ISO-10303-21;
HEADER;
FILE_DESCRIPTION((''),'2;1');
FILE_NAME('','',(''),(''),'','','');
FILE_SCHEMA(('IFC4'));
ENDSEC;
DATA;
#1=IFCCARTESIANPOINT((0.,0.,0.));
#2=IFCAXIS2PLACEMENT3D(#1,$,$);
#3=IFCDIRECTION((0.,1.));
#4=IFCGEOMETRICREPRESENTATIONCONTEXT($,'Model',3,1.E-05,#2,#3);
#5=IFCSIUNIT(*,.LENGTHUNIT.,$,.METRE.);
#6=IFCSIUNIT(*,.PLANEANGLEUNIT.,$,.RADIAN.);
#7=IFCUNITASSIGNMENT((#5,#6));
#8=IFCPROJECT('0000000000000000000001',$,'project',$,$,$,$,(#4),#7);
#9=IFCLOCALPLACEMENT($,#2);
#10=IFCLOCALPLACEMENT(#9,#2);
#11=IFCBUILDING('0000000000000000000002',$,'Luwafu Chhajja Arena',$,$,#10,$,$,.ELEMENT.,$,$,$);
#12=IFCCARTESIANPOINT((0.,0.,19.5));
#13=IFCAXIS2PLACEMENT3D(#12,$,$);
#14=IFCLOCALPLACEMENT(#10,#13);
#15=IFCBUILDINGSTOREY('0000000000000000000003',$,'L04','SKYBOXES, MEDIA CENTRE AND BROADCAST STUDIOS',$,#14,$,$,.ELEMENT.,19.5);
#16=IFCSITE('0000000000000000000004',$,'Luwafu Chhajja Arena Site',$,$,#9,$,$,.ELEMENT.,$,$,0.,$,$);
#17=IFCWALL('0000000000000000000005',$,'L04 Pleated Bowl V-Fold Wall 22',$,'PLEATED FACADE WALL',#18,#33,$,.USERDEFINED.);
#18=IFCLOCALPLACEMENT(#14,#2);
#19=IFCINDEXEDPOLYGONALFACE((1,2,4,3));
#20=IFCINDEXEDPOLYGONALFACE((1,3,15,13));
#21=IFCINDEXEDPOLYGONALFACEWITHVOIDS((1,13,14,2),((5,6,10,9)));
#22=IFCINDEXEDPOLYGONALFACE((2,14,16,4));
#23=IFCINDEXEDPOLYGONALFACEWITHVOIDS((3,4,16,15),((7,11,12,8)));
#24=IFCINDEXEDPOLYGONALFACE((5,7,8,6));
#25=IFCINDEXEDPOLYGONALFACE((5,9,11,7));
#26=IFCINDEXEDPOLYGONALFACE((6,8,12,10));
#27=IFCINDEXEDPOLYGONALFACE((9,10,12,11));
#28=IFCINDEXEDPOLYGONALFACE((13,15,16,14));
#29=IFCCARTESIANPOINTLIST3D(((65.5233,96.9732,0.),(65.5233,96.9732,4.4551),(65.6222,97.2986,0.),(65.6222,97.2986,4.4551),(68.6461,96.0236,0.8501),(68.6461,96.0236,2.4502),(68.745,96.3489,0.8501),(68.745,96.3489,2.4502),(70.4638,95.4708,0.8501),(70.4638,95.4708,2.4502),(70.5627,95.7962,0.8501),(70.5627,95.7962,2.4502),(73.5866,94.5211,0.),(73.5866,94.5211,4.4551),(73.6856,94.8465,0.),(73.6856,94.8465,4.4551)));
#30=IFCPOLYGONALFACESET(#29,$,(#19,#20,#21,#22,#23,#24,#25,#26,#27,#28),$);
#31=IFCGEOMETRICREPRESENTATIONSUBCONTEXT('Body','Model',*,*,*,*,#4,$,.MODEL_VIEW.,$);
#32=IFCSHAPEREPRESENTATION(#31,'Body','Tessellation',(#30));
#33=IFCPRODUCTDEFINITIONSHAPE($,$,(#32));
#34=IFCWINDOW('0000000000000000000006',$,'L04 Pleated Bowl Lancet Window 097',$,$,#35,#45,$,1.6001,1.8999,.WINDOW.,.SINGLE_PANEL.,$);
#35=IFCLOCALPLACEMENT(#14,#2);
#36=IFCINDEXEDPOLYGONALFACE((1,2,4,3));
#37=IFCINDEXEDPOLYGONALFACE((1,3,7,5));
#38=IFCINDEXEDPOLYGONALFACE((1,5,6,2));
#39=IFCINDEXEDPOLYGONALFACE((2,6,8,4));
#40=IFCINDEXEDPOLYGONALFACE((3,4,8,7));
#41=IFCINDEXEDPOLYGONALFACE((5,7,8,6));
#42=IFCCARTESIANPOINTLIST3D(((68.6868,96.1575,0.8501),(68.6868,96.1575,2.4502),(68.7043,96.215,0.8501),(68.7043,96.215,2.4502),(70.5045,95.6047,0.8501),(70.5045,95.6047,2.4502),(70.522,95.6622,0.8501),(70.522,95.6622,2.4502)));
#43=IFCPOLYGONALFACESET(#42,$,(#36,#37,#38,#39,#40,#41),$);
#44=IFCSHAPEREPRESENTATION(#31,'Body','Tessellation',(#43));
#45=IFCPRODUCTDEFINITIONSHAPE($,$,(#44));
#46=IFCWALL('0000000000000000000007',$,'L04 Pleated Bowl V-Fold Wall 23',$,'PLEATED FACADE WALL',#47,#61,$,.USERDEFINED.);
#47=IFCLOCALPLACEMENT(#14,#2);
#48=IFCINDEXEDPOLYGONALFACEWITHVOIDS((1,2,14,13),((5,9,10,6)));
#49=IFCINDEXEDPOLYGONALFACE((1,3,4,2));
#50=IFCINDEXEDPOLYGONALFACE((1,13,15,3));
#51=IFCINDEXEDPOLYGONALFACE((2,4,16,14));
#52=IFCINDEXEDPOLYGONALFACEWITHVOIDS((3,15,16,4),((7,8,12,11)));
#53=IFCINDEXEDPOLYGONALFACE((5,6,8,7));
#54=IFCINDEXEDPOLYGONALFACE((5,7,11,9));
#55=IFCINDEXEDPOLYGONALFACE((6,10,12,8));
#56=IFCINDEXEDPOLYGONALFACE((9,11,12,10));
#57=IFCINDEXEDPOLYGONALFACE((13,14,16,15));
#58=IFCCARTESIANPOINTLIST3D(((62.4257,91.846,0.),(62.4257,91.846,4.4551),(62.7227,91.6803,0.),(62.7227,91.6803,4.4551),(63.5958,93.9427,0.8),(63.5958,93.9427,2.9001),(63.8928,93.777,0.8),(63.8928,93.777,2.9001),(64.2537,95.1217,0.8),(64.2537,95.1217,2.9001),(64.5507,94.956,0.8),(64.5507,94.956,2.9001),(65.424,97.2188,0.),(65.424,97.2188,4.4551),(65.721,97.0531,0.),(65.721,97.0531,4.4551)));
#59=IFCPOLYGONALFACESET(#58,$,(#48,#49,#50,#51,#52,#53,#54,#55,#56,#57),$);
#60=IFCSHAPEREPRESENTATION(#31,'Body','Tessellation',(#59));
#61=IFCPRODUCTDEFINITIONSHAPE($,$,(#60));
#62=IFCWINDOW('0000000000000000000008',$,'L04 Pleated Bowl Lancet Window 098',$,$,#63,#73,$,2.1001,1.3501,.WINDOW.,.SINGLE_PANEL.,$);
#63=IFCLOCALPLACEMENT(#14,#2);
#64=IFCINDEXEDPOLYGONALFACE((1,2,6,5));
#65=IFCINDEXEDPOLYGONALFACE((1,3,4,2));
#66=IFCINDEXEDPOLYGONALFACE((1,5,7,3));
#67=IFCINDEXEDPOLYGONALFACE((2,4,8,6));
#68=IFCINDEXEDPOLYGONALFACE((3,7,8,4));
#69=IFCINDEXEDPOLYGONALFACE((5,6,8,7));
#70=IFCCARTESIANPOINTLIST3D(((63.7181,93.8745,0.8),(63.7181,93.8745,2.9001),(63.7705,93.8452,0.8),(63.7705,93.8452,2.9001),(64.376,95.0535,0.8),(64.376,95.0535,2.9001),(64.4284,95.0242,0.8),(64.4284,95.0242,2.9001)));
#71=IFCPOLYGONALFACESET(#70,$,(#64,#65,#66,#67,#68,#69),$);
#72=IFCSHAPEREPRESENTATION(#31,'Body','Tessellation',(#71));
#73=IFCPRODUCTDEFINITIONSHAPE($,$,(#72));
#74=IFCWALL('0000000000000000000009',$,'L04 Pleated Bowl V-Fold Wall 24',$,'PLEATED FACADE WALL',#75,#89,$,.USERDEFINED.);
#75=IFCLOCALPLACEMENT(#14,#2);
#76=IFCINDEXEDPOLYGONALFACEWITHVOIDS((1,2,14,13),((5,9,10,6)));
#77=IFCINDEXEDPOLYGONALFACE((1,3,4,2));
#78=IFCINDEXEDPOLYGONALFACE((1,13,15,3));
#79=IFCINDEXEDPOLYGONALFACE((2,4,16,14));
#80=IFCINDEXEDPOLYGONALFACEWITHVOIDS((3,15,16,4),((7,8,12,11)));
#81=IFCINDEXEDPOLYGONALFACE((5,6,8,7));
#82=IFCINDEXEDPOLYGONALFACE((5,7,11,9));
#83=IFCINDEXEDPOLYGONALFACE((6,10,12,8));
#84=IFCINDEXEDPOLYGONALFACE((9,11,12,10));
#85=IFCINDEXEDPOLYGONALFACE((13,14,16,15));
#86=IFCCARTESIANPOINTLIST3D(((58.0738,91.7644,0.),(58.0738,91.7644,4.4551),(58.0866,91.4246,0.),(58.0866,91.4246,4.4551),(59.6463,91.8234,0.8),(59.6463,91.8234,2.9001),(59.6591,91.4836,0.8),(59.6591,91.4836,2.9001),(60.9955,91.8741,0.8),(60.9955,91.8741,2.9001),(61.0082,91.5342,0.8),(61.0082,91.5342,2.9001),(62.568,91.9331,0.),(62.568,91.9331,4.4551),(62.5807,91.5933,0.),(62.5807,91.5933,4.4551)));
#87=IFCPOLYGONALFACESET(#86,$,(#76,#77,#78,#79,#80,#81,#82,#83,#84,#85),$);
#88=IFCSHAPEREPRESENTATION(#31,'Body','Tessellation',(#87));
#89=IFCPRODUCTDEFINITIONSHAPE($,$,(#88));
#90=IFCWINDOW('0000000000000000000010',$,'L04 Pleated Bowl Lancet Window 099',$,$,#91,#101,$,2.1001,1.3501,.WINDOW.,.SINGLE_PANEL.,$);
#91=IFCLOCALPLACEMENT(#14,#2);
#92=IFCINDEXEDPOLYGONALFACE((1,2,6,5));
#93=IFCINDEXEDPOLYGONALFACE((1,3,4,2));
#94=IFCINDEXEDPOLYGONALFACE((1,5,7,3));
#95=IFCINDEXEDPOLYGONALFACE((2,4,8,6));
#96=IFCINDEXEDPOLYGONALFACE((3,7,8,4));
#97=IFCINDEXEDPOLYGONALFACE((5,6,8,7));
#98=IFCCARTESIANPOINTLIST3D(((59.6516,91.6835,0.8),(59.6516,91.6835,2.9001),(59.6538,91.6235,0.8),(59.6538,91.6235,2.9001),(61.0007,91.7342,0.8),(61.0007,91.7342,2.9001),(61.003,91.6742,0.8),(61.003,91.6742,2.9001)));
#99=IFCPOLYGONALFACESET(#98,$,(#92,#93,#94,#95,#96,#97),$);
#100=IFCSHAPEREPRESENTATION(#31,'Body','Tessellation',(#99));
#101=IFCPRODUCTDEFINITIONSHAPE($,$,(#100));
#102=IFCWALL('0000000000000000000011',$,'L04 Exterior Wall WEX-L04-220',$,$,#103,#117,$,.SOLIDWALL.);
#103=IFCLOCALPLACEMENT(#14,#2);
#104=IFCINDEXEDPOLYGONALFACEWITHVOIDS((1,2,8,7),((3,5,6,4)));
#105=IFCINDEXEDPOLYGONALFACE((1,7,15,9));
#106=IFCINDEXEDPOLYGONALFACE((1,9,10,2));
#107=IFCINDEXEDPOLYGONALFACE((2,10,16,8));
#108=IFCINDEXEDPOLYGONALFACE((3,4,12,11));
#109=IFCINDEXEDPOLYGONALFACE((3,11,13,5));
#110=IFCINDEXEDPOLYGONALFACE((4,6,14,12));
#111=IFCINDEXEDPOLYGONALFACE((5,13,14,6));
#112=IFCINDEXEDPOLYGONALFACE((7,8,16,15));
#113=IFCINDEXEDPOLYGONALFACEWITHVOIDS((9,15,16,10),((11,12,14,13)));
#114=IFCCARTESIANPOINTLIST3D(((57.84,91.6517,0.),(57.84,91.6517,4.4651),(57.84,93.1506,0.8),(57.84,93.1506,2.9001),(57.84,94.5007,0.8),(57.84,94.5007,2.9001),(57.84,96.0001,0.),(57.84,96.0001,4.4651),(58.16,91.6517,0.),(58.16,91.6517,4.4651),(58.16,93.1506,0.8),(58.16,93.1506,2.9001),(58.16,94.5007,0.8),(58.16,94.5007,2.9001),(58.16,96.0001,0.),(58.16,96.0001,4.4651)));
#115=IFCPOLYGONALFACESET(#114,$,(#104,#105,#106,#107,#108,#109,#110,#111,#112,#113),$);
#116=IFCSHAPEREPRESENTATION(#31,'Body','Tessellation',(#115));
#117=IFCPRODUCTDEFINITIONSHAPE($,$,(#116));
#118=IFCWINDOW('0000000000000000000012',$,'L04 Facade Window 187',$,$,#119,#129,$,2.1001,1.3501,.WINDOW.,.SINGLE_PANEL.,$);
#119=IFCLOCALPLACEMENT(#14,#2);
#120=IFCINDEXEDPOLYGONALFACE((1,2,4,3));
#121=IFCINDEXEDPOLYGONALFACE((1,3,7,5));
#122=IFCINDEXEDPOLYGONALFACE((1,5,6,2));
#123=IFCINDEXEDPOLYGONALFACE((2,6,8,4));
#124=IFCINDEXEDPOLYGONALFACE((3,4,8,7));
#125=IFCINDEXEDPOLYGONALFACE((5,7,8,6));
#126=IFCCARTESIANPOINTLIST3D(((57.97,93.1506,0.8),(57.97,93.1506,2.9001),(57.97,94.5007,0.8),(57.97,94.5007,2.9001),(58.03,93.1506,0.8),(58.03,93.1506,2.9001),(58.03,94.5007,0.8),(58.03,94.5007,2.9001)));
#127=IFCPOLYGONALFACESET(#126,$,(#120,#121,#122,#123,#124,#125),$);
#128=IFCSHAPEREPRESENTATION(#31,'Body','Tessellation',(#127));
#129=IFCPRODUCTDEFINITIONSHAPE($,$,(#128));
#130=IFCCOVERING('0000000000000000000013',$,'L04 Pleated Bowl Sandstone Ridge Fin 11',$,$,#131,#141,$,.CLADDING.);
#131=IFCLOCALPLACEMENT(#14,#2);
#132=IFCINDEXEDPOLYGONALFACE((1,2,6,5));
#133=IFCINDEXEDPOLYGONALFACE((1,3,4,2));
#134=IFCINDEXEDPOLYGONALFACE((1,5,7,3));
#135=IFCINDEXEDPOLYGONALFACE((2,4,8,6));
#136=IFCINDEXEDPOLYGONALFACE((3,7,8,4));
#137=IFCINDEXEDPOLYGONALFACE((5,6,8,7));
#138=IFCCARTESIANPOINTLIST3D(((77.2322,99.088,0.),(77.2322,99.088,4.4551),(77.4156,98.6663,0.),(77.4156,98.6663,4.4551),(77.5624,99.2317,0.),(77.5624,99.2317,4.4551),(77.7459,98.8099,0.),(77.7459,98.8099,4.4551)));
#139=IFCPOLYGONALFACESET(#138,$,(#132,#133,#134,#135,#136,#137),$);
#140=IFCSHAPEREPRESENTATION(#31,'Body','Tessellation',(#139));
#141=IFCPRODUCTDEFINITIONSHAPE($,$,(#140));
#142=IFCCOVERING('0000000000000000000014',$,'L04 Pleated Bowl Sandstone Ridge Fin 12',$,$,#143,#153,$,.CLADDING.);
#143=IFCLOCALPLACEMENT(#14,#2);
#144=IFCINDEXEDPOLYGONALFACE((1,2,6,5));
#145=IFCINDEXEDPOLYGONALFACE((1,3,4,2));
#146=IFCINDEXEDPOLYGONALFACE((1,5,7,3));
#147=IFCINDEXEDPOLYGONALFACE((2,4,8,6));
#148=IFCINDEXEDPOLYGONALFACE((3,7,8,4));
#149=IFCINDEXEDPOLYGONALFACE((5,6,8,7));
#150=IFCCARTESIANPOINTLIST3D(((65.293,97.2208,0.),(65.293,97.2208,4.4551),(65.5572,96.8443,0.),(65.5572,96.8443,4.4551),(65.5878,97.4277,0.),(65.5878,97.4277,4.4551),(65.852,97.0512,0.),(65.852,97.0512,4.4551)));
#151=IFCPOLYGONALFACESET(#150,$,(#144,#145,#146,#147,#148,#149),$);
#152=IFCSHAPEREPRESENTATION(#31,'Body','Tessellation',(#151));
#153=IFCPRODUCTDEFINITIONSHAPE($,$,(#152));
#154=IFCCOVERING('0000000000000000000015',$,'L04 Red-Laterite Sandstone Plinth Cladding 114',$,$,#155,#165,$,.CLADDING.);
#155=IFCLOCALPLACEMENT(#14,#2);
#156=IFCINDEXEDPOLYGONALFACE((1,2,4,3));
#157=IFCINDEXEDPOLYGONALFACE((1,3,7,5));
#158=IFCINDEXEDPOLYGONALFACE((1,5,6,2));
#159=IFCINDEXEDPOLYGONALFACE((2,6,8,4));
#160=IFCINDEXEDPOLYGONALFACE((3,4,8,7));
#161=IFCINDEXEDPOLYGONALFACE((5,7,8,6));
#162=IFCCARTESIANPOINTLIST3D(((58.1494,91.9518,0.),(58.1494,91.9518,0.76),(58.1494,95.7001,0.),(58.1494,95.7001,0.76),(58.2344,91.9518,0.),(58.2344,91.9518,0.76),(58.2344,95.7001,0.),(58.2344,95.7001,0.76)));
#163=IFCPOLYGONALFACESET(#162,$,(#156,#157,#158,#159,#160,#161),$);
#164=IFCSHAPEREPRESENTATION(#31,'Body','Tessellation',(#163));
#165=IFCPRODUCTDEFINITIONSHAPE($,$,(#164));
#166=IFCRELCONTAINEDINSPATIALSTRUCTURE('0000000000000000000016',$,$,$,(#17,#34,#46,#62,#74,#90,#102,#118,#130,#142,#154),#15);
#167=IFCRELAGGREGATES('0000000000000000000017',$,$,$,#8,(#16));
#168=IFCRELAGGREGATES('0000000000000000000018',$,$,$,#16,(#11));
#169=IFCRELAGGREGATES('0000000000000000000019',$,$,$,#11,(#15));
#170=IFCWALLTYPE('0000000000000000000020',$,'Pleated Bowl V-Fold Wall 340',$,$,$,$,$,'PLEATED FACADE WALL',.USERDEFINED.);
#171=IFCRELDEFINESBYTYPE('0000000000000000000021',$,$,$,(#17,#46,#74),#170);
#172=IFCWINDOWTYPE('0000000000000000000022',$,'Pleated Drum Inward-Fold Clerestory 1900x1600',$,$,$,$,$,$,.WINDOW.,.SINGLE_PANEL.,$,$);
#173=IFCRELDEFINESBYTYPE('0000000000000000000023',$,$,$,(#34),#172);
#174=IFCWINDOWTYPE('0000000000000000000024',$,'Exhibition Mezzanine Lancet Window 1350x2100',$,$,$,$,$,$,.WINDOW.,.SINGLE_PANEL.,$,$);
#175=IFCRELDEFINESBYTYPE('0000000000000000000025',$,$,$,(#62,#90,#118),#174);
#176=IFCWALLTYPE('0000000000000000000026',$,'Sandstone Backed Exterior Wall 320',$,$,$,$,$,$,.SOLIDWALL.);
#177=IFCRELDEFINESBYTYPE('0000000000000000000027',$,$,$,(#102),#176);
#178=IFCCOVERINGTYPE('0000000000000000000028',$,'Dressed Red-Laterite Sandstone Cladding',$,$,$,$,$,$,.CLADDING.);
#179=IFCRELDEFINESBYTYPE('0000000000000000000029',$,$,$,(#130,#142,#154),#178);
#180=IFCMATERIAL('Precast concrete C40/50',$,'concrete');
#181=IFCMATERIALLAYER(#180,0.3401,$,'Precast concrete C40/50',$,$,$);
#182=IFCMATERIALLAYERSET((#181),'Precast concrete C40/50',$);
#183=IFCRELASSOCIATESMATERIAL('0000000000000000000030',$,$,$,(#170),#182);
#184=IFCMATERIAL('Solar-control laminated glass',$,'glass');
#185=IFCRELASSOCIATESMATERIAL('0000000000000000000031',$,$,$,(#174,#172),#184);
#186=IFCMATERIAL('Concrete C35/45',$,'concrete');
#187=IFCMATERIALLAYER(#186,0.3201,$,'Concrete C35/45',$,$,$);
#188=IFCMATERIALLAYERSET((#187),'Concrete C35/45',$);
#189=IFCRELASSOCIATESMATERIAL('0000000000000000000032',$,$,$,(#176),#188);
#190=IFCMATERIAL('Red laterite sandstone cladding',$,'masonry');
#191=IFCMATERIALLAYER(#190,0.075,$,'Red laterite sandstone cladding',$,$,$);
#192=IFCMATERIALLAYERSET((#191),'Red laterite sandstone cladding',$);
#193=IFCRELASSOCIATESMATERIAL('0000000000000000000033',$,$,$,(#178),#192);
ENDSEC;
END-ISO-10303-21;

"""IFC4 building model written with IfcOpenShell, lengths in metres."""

from ifc_helpers import new_model, si_unit, direction, frame, frame_2d, origin, origin_2d, place, context, subcontext, project, spatial, rectangle, extrude, material, layer, layer_set, type_object, element, fill, save


model = new_model("IFC4")

# Units and contexts
model_context = context("Model", 3, precision=1e-05, world=origin(), true_north=direction((0.0, 1.0)))
body_context = subcontext(model_context, "Body", "Model", "MODEL_VIEW")
ifc_project = project(units=[si_unit("LENGTHUNIT", "METRE"), si_unit("PLANEANGLEUNIT", "RADIAN")], contexts=[model_context])

# Site, building, storey
site_placement = place(None, origin())
site = spatial("IfcSite", under=ifc_project, at=site_placement, Name="Luwafu Chhajja Arena Site", CompositionType="ELEMENT", RefElevation=0.0)
building_placement = place(site_placement, origin())
building = spatial("IfcBuilding", under=site, at=building_placement, Name="Luwafu Chhajja Arena", CompositionType="ELEMENT")
storey_placement = place(building_placement, frame((0.0, 0.0, 19.5)))
storey = spatial("IfcBuildingStorey", under=building, at=storey_placement, Name="L04", Description="SKYBOXES, MEDIA CENTRE AND BROADCAST STUDIOS", CompositionType="ELEMENT", Elevation=19.5)

# Shared definitions
ifc_material_1 = material(Name="Concrete C35/45", Category="concrete")

# Walls, openings, windows
ifc_material_2 = material(Name="Precast concrete C40/50", Category="concrete")
ifc_layer_1 = layer(ifc_material_2, 0.3401, Name="Precast concrete C40/50")
ifc_layer_set_1 = layer_set([ifc_layer_1], Name="Precast concrete C40/50")
wall_type_1 = type_object("IfcWallType", Name="Pleated Bowl V-Fold Wall 340", ElementType="PLEATED FACADE WALL", PredefinedType="USERDEFINED", material=ifc_layer_set_1)
ifc_material_3 = material(Name="Solar-control laminated glass", Category="glass")
window_type_1 = type_object("IfcWindowType", Name="Exhibition Mezzanine Lancet Window 1350x2100", PartitioningType="SINGLE_PANEL", PredefinedType="WINDOW", material=ifc_material_3)
wall_1_placement = place(storey_placement, frame((73.636, 94.6838, 0.0), z_axis=(0.0, 0.0, 1.0), x_axis=(-0.956738, 0.29095, 0.0)))
wall_1 = element("IfcWall", 1, at=wall_1_placement, inside=storey, type_object=wall_type_1, Name="L04 Pleated Bowl V-Fold Wall 22", ObjectType="PLEATED FACADE WALL", PredefinedType="USERDEFINED", context=body_context, shape_type="SweptSolid", body=[
    extrude(rectangle(XDim=8.428, YDim=0.3401, at=frame_2d((4.2139, 0.0))), origin(), (0.0, 0.0, 1.0), 4.4551),
])
opening_1_placement = place(wall_1_placement, frame((3.2639, 0.0, 0.8501)))
opening_1 = element("IfcOpeningElement", 2, at=opening_1_placement, cuts=wall_1, PredefinedType="OPENING", context=body_context, shape_type="SweptSolid", body=[
    extrude(rectangle(XDim=1.8999, YDim=1.6001, at=frame_2d((0.95, 0.8))), frame((0.0, 0.1799, 0.0), z_axis=(0.0, -1.0, 0.0), x_axis=(1.0, 0.0, 0.0)), (0.0, 0.0, 1.0), 0.3601),
])
window_type_2 = type_object("IfcWindowType", Name="Pleated Drum Inward-Fold Clerestory 1900x1600", PartitioningType="SINGLE_PANEL", PredefinedType="WINDOW", material=ifc_material_3)
window_1_placement = place(opening_1_placement, origin())
window_1 = element("IfcWindow", 3, at=window_1_placement, inside=storey, type_object=window_type_2, Name="L04 Pleated Bowl Lancet Window 097", OverallHeight=1.6001, OverallWidth=1.8999, PartitioningType="SINGLE_PANEL", PredefinedType="WINDOW", context=body_context, shape_type="SweptSolid", body=[
    extrude(rectangle(XDim=1.8999, YDim=1.6001, at=frame_2d((0.95, 0.8))), frame((0.0, 0.03, 0.0), z_axis=(0.0, -1.0, 0.0), x_axis=(1.0, 0.0, 0.0)), (0.0, 0.0, 1.0), 0.0601),
])
fill(opening_1, window_1)
wall_2_placement = place(storey_placement, frame((65.5725, 97.136, 0.0), z_axis=(0.0, 0.0, 1.0), x_axis=(-0.487306, -0.873231, 0.0)))
wall_2 = element("IfcWall", 4, at=wall_2_placement, inside=storey, type_object=wall_type_1, Name="L04 Pleated Bowl V-Fold Wall 23", ObjectType="PLEATED FACADE WALL", PredefinedType="USERDEFINED", context=body_context, shape_type="SweptSolid", body=[
    extrude(rectangle(XDim=6.1528, YDim=0.3401, at=frame_2d((3.0764, 0.0))), origin(), (0.0, 0.0, 1.0), 4.4551),
])
opening_2_placement = place(wall_2_placement, frame((2.4016, 0.0, 0.8)))
opening_2 = element("IfcOpeningElement", 5, at=opening_2_placement, cuts=wall_2, PredefinedType="OPENING", context=body_context, shape_type="SweptSolid", body=[
    extrude(rectangle(XDim=1.3501, YDim=2.1001, at=frame_2d((0.675, 1.05))), frame((0.0, 0.1799, 0.0), z_axis=(0.0, -1.0, 0.0), x_axis=(1.0, 0.0, 0.0)), (0.0, 0.0, 1.0), 0.3601),
])
window_2_placement = place(opening_2_placement, origin())
window_2 = element("IfcWindow", 6, at=window_2_placement, inside=storey, type_object=window_type_1, Name="L04 Pleated Bowl Lancet Window 098", OverallHeight=2.1001, OverallWidth=1.3501, PartitioningType="SINGLE_PANEL", PredefinedType="WINDOW", context=body_context, shape_type="SweptSolid", body=[
    extrude(rectangle(XDim=1.3501, YDim=2.1001, at=frame_2d((0.675, 1.05))), frame((0.0, 0.03, 0.0), z_axis=(0.0, -1.0, 0.0), x_axis=(1.0, 0.0, 0.0)), (0.0, 0.0, 1.0), 0.0601),
])
fill(opening_2, window_2)
wall_3_placement = place(storey_placement, frame((62.5742, 91.7632, 0.0), z_axis=(0.0, 0.0, 1.0), x_axis=(-0.999296, -0.037512, 0.0)))
wall_3 = element("IfcWall", 7, at=wall_3_placement, inside=storey, type_object=wall_type_1, Name="L04 Pleated Bowl V-Fold Wall 24", ObjectType="PLEATED FACADE WALL", PredefinedType="USERDEFINED", context=body_context, shape_type="SweptSolid", body=[
    extrude(rectangle(XDim=4.4973, YDim=0.3401, at=frame_2d((2.2485, 0.0))), origin(), (0.0, 0.0, 1.0), 4.4551),
])
opening_3_placement = place(wall_3_placement, frame((1.5735, 0.0, 0.8)))
opening_3 = element("IfcOpeningElement", 8, at=opening_3_placement, cuts=wall_3, PredefinedType="OPENING", context=body_context, shape_type="SweptSolid", body=[
    extrude(rectangle(XDim=1.3501, YDim=2.1001, at=frame_2d((0.675, 1.05))), frame((0.0, 0.1799, 0.0), z_axis=(0.0, -1.0, 0.0), x_axis=(1.0, 0.0, 0.0)), (0.0, 0.0, 1.0), 0.3601),
])
window_3_placement = place(opening_3_placement, origin())
window_3 = element("IfcWindow", 9, at=window_3_placement, inside=storey, type_object=window_type_1, Name="L04 Pleated Bowl Lancet Window 099", OverallHeight=2.1001, OverallWidth=1.3501, PartitioningType="SINGLE_PANEL", PredefinedType="WINDOW", context=body_context, shape_type="SweptSolid", body=[
    extrude(rectangle(XDim=1.3501, YDim=2.1001, at=frame_2d((0.675, 1.05))), frame((0.0, 0.03, 0.0), z_axis=(0.0, -1.0, 0.0), x_axis=(1.0, 0.0, 0.0)), (0.0, 0.0, 1.0), 0.0601),
])
fill(opening_3, window_3)
ifc_layer_2 = layer(ifc_material_1, 0.3201, Name="Concrete C35/45")
ifc_layer_set_2 = layer_set([ifc_layer_2], Name="Concrete C35/45")
wall_type_2 = type_object("IfcWallType", Name="Sandstone Backed Exterior Wall 320", PredefinedType="SOLIDWALL", material=ifc_layer_set_2)
wall_4_placement = place(storey_placement, frame((58.0, 91.6516, 0.0), z_axis=(0.0, 0.0, 1.0), x_axis=(0.0, 1.0, 0.0)))
wall_4 = element("IfcWall", 10, at=wall_4_placement, inside=storey, type_object=wall_type_2, Name="L04 Exterior Wall WEX-L04-220", PredefinedType="SOLIDWALL", context=body_context, shape_type="SweptSolid", body=[
    extrude(rectangle(XDim=4.3484, YDim=0.3201, at=frame_2d((2.1743, 0.0))), origin(), (0.0, 0.0, 1.0), 4.4651),
])
opening_4_placement = place(wall_4_placement, frame((1.499, 0.0, 0.8)))
opening_4 = element("IfcOpeningElement", 11, at=opening_4_placement, cuts=wall_4, PredefinedType="OPENING", context=body_context, shape_type="SweptSolid", body=[
    extrude(rectangle(XDim=1.3501, YDim=2.1001, at=frame_2d((0.675, 1.05))), frame((0.0, 0.1699, 0.0), z_axis=(0.0, -1.0, 0.0), x_axis=(1.0, 0.0, 0.0)), (0.0, 0.0, 1.0), 0.3401),
])
window_4_placement = place(opening_4_placement, origin())
window_4 = element("IfcWindow", 12, at=window_4_placement, inside=storey, type_object=window_type_1, Name="L04 Facade Window 187", OverallHeight=2.1001, OverallWidth=1.3501, PartitioningType="SINGLE_PANEL", PredefinedType="WINDOW", context=body_context, shape_type="SweptSolid", body=[
    extrude(rectangle(XDim=1.3501, YDim=2.1001, at=frame_2d((0.675, 1.05))), frame((0.0, 0.03, 0.0), z_axis=(0.0, -1.0, 0.0), x_axis=(1.0, 0.0, 0.0)), (0.0, 0.0, 1.0), 0.0601),
])
fill(opening_4, window_4)

# Coverings
ifc_material_4 = material(Name="Red laterite sandstone cladding", Category="masonry")
ifc_layer_3 = layer(ifc_material_4, 0.075, Name="Red laterite sandstone cladding")
ifc_layer_set_3 = layer_set([ifc_layer_3], Name="Red laterite sandstone cladding")
covering_type = type_object("IfcCoveringType", Name="Dressed Red-Laterite Sandstone Cladding", PredefinedType="CLADDING", material=ifc_layer_set_3)
for number, where, z_axis, x_axis, name in (
    (13, (77.489, 98.949, 0.0), (0.0, 0.0, 1.0), (-0.398903, 0.916993, 0.0), "L04 Pleated Bowl Sandstone Ridge Fin 11"),
    (14, (65.5725, 97.136, 0.0), (0.0, 0.0, 1.0), (-0.574411, 0.818567, 0.0), "L04 Pleated Bowl Sandstone Ridge Fin 12"),
):
    element("IfcCovering", number, at=place(storey_placement, frame(where, z_axis=z_axis, x_axis=x_axis)), inside=storey, type_object=covering_type, Name=name, PredefinedType="CLADDING", context=body_context, shape_type="SweptSolid", body=[
        extrude(rectangle(XDim=0.46, YDim=0.3601, at=origin_2d()), origin(), (0.0, 0.0, 1.0), 4.4551),
    ])
covering_1_placement = place(storey_placement, frame((58.1919, 93.8259, 0.0), z_axis=(0.0, 0.0, 1.0), x_axis=(0.0, 1.0, 0.0)))
element("IfcCovering", 15, at=covering_1_placement, inside=storey, type_object=covering_type, Name="L04 Red-Laterite Sandstone Plinth Cladding 114", PredefinedType="CLADDING", context=body_context, shape_type="SweptSolid", body=[
    extrude(rectangle(XDim=3.7483, YDim=0.085, at=origin_2d()), origin(), (0.0, 0.0, 1.0), 0.76),
])

save(model, "model.ifc")
